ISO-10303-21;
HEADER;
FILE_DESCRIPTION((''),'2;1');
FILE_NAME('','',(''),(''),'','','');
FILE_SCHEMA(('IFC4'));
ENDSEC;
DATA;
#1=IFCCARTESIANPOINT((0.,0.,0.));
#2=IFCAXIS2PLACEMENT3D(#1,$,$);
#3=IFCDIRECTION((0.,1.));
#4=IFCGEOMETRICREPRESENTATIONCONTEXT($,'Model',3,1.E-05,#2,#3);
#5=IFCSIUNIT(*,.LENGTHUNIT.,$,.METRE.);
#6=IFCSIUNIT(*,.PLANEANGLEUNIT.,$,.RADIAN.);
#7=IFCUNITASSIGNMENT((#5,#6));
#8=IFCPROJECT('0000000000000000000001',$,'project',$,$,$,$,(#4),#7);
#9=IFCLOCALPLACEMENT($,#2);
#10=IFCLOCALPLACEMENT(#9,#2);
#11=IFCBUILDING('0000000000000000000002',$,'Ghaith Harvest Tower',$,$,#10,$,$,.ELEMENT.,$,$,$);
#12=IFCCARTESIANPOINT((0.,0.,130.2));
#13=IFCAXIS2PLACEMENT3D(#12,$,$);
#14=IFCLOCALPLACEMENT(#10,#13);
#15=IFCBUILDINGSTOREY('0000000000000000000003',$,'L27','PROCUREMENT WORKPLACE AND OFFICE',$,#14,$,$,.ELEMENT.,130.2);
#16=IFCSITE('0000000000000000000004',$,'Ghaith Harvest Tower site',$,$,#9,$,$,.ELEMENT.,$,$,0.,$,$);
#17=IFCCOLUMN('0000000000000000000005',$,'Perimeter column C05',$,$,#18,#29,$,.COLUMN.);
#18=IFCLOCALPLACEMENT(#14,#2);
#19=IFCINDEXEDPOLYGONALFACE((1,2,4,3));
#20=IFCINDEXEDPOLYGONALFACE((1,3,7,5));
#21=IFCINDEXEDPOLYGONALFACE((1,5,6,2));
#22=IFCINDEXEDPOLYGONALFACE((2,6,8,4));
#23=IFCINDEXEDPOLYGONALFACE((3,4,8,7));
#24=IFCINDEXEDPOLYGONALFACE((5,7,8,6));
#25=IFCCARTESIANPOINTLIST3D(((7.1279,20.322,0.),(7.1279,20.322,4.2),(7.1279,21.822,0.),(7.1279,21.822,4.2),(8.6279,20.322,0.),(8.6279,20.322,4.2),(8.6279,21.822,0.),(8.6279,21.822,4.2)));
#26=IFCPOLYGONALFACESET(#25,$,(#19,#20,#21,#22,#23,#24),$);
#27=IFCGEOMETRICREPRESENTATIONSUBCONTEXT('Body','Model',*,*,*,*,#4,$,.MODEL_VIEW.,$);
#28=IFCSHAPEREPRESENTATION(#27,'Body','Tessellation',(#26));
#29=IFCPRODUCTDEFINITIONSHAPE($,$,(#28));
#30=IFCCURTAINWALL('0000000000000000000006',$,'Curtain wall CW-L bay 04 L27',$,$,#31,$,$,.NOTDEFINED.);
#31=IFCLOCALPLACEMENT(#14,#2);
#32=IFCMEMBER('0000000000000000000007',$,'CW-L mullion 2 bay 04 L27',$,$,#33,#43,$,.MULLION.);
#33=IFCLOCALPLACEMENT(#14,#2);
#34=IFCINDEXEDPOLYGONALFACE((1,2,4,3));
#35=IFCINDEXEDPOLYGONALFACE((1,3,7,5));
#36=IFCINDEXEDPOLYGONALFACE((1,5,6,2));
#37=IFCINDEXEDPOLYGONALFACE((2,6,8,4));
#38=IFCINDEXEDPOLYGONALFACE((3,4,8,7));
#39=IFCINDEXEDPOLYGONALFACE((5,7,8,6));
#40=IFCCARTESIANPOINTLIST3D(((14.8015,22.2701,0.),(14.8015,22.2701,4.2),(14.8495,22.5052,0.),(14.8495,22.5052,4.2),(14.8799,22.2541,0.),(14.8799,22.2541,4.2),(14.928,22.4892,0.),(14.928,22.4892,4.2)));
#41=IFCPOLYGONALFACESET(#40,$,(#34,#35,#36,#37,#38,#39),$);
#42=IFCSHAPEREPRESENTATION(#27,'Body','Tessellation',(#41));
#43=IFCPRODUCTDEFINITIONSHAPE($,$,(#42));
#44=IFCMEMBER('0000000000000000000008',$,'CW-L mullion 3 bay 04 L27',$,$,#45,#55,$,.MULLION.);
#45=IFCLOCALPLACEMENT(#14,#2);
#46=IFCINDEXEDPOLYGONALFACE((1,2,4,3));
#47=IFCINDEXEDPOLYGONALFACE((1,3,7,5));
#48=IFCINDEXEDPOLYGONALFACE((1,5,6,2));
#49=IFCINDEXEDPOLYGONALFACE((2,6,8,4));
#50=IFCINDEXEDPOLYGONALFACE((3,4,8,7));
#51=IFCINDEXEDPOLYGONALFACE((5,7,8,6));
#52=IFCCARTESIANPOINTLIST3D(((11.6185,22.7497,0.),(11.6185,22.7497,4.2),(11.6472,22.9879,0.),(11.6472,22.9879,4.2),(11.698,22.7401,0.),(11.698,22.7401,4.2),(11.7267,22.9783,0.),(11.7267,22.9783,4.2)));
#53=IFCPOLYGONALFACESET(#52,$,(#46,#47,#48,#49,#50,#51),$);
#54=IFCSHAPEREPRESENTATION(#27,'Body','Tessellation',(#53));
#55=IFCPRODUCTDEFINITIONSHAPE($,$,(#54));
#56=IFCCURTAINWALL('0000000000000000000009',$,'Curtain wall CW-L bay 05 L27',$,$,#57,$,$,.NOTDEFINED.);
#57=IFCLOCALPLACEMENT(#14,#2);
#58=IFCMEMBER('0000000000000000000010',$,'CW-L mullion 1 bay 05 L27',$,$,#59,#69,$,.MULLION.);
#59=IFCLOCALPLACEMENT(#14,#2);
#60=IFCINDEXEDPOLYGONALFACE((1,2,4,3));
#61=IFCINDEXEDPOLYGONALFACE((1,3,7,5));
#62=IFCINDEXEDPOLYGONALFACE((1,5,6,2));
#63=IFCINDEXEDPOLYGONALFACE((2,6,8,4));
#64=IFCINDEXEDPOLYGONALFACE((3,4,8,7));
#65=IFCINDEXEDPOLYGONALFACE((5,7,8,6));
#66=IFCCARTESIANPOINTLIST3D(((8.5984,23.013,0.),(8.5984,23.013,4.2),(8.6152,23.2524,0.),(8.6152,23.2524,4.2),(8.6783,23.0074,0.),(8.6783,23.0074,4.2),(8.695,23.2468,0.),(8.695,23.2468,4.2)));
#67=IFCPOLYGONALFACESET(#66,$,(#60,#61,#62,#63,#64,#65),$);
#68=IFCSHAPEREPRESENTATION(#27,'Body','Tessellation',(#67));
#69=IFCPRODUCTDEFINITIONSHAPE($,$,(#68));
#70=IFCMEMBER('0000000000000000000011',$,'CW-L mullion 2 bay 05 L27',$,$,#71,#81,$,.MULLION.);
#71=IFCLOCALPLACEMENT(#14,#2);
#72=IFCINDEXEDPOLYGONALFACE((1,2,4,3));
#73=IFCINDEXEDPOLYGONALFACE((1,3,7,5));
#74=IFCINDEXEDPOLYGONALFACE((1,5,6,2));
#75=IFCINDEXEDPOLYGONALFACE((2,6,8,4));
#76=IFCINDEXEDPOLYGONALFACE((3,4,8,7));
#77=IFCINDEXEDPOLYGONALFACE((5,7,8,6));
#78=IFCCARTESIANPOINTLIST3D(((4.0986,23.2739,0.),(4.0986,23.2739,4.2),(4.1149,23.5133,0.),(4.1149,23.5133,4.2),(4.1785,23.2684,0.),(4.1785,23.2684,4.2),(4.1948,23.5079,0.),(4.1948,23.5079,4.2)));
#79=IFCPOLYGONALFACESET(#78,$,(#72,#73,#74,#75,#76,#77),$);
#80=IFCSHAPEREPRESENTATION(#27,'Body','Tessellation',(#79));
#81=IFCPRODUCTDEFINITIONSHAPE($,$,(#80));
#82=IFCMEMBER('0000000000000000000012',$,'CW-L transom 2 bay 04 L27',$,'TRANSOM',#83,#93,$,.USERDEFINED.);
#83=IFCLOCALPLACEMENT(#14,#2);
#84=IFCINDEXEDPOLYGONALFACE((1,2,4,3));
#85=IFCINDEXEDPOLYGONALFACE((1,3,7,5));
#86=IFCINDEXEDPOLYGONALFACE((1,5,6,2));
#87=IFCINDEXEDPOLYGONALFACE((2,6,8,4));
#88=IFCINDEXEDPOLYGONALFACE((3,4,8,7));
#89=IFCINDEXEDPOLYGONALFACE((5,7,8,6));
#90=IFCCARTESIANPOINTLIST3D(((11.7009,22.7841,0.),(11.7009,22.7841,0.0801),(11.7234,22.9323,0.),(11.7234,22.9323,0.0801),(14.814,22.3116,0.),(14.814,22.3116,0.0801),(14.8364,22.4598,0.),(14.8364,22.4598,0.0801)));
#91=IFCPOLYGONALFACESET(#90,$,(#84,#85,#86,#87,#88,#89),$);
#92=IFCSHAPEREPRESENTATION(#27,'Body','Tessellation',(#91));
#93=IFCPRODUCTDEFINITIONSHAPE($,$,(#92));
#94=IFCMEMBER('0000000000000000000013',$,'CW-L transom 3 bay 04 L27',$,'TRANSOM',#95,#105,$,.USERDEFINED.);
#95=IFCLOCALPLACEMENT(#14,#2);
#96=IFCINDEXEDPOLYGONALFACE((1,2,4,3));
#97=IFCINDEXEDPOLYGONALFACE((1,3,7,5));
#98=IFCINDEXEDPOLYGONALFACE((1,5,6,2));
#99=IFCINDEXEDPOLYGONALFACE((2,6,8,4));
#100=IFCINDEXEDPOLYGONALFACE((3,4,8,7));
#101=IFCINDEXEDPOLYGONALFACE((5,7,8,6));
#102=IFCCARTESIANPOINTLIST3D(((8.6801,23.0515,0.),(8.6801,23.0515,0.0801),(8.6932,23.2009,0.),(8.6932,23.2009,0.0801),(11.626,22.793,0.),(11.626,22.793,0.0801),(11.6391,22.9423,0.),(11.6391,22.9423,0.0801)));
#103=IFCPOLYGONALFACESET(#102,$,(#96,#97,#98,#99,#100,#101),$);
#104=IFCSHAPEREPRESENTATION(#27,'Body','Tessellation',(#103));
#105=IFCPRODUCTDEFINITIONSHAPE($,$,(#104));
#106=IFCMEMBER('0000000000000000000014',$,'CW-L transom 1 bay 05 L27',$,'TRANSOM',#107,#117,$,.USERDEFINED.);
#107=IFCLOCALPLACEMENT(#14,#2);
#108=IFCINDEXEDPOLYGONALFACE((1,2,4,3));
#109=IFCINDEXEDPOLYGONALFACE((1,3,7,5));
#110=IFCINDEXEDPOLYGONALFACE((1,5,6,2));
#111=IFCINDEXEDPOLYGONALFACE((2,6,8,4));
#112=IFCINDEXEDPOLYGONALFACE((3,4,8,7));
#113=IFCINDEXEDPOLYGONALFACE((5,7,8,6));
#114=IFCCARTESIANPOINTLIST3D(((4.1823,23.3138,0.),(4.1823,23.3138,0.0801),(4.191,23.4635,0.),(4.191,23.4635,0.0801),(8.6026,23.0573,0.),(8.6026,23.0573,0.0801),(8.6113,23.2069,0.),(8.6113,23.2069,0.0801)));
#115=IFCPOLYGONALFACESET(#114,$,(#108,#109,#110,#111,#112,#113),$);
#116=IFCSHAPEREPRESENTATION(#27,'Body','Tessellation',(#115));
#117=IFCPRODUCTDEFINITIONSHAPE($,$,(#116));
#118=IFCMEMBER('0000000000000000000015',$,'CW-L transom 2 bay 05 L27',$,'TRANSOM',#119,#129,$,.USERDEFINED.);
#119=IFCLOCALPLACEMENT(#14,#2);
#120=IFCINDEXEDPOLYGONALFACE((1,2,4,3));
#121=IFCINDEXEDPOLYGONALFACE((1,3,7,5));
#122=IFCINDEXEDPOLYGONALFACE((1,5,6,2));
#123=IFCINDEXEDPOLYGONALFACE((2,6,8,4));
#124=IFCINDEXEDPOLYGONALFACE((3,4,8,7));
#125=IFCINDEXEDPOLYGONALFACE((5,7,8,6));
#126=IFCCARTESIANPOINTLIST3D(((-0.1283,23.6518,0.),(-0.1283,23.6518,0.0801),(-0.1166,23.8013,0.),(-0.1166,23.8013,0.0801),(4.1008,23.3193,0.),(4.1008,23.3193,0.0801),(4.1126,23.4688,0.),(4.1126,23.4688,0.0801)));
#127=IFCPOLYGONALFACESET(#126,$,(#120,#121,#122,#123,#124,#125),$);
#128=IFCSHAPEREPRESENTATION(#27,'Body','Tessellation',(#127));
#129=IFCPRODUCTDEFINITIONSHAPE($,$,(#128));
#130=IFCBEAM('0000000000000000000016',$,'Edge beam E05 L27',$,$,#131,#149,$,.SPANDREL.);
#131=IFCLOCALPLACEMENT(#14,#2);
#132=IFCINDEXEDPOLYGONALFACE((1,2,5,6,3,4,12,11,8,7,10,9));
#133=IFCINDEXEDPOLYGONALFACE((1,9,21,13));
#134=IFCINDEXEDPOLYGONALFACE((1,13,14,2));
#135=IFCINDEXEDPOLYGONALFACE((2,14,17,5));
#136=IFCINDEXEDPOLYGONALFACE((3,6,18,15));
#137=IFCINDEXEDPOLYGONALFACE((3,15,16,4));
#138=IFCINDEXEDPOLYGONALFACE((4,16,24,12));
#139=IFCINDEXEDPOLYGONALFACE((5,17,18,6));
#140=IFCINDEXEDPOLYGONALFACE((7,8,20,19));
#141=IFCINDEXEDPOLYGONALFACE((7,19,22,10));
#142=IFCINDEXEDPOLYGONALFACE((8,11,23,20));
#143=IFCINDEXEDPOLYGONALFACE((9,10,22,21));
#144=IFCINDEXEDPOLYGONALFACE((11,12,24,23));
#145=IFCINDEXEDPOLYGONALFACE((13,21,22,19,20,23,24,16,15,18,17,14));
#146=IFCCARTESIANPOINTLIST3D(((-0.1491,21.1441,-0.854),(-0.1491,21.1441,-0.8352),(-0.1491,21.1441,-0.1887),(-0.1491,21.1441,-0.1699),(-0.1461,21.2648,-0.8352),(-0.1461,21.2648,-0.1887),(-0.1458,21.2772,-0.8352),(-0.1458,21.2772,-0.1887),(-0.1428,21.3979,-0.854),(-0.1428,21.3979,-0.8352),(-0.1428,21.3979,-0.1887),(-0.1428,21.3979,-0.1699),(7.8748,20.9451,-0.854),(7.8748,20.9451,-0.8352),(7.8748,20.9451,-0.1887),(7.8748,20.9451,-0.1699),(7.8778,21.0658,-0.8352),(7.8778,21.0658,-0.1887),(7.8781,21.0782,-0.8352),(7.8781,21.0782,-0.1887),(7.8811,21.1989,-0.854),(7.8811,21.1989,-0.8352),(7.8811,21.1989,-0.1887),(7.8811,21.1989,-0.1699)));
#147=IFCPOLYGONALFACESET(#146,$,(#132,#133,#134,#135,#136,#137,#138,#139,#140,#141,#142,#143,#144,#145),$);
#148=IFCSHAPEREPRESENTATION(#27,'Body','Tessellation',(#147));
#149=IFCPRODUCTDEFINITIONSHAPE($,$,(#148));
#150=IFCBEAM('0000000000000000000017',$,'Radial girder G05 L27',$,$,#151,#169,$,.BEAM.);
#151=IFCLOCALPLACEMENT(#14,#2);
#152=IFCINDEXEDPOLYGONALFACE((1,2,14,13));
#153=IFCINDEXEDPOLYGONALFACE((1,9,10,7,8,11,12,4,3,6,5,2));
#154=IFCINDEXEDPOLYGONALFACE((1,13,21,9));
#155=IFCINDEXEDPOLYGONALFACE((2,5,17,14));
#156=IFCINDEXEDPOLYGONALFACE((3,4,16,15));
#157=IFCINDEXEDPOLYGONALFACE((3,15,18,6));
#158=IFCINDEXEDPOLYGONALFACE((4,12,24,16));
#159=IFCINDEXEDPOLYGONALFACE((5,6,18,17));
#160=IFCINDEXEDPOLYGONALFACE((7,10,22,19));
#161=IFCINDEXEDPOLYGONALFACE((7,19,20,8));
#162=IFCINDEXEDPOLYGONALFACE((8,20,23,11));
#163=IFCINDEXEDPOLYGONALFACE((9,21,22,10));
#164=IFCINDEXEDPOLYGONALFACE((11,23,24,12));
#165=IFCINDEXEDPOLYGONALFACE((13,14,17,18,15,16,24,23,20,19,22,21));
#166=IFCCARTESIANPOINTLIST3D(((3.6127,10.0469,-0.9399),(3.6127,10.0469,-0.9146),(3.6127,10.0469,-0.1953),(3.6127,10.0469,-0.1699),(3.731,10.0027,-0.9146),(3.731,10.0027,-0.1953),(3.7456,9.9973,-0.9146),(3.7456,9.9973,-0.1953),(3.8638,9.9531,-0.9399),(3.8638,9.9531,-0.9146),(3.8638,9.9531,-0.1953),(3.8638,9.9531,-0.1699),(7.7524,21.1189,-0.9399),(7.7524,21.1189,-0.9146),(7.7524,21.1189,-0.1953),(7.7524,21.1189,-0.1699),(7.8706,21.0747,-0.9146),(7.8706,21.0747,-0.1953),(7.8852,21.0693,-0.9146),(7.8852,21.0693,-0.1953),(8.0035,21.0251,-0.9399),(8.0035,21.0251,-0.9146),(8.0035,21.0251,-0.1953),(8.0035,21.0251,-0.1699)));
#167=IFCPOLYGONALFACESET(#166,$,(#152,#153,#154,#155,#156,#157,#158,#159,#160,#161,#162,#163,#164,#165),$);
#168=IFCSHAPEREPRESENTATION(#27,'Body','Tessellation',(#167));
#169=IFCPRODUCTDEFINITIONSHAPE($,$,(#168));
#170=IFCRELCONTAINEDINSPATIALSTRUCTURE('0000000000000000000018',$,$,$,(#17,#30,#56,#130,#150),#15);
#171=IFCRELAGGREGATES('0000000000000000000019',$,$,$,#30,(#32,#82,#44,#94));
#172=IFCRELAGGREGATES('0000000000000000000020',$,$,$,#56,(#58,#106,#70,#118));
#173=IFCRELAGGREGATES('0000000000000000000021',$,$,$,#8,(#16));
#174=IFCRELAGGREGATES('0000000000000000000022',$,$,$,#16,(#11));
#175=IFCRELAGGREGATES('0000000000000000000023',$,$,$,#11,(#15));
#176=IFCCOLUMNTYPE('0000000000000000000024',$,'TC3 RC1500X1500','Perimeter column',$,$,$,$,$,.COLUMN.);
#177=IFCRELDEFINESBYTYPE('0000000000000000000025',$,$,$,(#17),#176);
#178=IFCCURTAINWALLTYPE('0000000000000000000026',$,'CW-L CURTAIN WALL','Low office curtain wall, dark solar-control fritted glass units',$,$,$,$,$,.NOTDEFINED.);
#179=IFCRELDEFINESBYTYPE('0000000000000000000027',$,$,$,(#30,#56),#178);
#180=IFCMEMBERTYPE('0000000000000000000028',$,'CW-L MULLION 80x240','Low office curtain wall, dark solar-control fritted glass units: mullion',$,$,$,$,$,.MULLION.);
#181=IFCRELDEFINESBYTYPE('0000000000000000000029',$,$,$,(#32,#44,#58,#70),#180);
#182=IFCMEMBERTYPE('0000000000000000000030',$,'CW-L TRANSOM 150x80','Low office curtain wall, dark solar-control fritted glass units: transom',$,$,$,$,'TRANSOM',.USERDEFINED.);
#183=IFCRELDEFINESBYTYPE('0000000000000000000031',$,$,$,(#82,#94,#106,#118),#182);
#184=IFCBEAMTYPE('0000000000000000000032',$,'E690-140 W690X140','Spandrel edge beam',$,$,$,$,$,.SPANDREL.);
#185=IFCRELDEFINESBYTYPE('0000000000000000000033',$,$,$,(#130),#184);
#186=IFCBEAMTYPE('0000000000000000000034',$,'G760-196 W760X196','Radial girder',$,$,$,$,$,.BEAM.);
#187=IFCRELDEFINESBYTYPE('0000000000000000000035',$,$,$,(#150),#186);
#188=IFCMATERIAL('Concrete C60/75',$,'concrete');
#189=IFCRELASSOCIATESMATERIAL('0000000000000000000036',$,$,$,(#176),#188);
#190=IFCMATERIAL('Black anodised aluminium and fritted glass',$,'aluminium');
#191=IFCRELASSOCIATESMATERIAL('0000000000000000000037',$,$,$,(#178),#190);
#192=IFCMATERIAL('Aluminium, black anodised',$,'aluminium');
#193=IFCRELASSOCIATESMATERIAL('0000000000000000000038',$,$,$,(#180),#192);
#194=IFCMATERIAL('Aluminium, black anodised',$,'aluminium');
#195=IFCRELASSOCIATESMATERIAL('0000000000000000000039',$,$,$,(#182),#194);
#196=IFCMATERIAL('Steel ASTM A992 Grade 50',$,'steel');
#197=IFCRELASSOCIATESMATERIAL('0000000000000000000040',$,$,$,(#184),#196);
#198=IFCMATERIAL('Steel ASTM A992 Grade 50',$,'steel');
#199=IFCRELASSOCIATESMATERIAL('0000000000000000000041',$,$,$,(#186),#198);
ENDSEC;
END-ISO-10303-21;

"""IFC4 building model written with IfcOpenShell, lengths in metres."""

from ifc_helpers import new_model, si_unit, direction, frame, origin, origin_2d, place, context, subcontext, project, spatial, rectangle, i_section, extrude, material, material_profile, profile_set, type_object, element, aggregate, save


model = new_model("IFC4")

# Units and contexts
model_context = context("Model", 3, precision=1e-05, world=origin(), true_north=direction((0.0, 1.0)))
body_context = subcontext(model_context, "Body", "Model", "MODEL_VIEW")
ifc_project = project(units=[si_unit("LENGTHUNIT", "METRE"), si_unit("PLANEANGLEUNIT", "RADIAN")], contexts=[model_context])

# Site, building, storey
site_placement = place(None, origin())
site = spatial("IfcSite", under=ifc_project, at=site_placement, Name="Ghaith Harvest Tower site", CompositionType="ELEMENT", RefElevation=0.0)
building_placement = place(site_placement, origin())
building = spatial("IfcBuilding", under=site, at=building_placement, Name="Ghaith Harvest Tower", CompositionType="ELEMENT")
storey_placement = place(building_placement, frame((0.0, 0.0, 130.2)))
storey = spatial("IfcBuildingStorey", under=building, at=storey_placement, Name="L27", Description="PROCUREMENT WORKPLACE AND OFFICE", CompositionType="ELEMENT", Elevation=130.2)

# Column
ifc_material_1 = material(Name="Concrete C60/75", Category="concrete")
ifc_material_profile_1 = material_profile(ifc_material_1, rectangle(XDim=1.5, YDim=1.5, at=origin_2d()), Name="RC1500X1500")
ifc_profile_set_1 = profile_set([ifc_material_profile_1], Name="Concrete C60/75")
column_type = type_object("IfcColumnType", Name="TC3 RC1500X1500", Description="Perimeter column", PredefinedType="COLUMN", material=ifc_profile_set_1)
column_placement = place(storey_placement, frame((7.8779, 21.072, 0.0), z_axis=(0.0, 0.0, 1.0), x_axis=(1.0, 0.0, 0.0)))
element("IfcColumn", 1, at=column_placement, inside=storey, type_object=column_type, Name="Perimeter column C05", PredefinedType="COLUMN", context=body_context, shape_type="SweptSolid", body=[
    extrude(rectangle(XDim=1.5, YDim=1.5, at=origin_2d()), origin(), (0.0, 0.0, 1.0), 4.2),
])

# Curtain walls, members
ifc_material_2 = material(Name="Black anodised aluminium and fritted glass", Category="aluminium")
curtain_wall_type = type_object("IfcCurtainWallType", Name="CW-L CURTAIN WALL", Description="Low office curtain wall, dark solar-control fritted glass units", PredefinedType="NOTDEFINED", material=ifc_material_2)
curtain_wall_1_placement = place(storey_placement, origin())
curtain_wall_1 = element("IfcCurtainWall", 2, at=curtain_wall_1_placement, inside=storey, type_object=curtain_wall_type, Name="Curtain wall CW-L bay 04 L27", PredefinedType="NOTDEFINED")
ifc_material_3 = material(Name="Aluminium, black anodised", Category="aluminium")
ifc_material_profile_2 = material_profile(ifc_material_3, rectangle(XDim=0.0801, YDim=0.24, at=origin_2d()), Name="CW-L MULLION 80x240")
ifc_profile_set_2 = profile_set([ifc_material_profile_2], Name="Aluminium, black anodised")
member_type_1 = type_object("IfcMemberType", Name="CW-L MULLION 80x240", Description="Low office curtain wall, dark solar-control fritted glass units: mullion", PredefinedType="MULLION", material=ifc_profile_set_2)
member_1_placement = place(storey_placement, frame((14.8647, 22.3796, 0.0), z_axis=(0.0, 0.0, 1.0), x_axis=(-0.979752, 0.200215, 0.0)))
member_1 = element("IfcMember", 3, at=member_1_placement, type_object=member_type_1, Name="CW-L mullion 2 bay 04 L27", PredefinedType="MULLION", context=body_context, shape_type="SweptSolid", body=[
    extrude(rectangle(XDim=0.0801, YDim=0.24, at=origin_2d()), origin(), (0.0, 0.0, 1.0), 4.2),
])
member_2_placement = place(storey_placement, frame((11.6726, 22.864, 0.0), z_axis=(0.0, 0.0, 1.0), x_axis=(-0.9928, 0.11978, 0.0)))
member_2 = element("IfcMember", 4, at=member_2_placement, type_object=member_type_1, Name="CW-L mullion 3 bay 04 L27", PredefinedType="MULLION", context=body_context, shape_type="SweptSolid", body=[
    extrude(rectangle(XDim=0.0801, YDim=0.24, at=origin_2d()), origin(), (0.0, 0.0, 1.0), 4.2),
])
curtain_wall_2_placement = place(storey_placement, origin())
curtain_wall_2 = element("IfcCurtainWall", 5, at=curtain_wall_2_placement, inside=storey, type_object=curtain_wall_type, Name="Curtain wall CW-L bay 05 L27", PredefinedType="NOTDEFINED")
member_3_placement = place(storey_placement, frame((8.6467, 23.1299, 0.0), z_axis=(0.0, 0.0, 1.0), x_axis=(-0.997559, 0.069832, 0.0)))
member_3 = element("IfcMember", 6, at=member_3_placement, type_object=member_type_1, Name="CW-L mullion 1 bay 05 L27", PredefinedType="MULLION", context=body_context, shape_type="SweptSolid", body=[
    extrude(rectangle(XDim=0.0801, YDim=0.24, at=origin_2d()), origin(), (0.0, 0.0, 1.0), 4.2),
])
member_4_placement = place(storey_placement, frame((4.1467, 23.3909, 0.0), z_axis=(0.0, 0.0, 1.0), x_axis=(-0.99769, 0.067933, 0.0)))
member_4 = element("IfcMember", 7, at=member_4_placement, type_object=member_type_1, Name="CW-L mullion 2 bay 05 L27", PredefinedType="MULLION", context=body_context, shape_type="SweptSolid", body=[
    extrude(rectangle(XDim=0.0801, YDim=0.24, at=origin_2d()), origin(), (0.0, 0.0, 1.0), 4.2),
])

# Members
ifc_material_4 = material(Name="Aluminium, black anodised", Category="aluminium")
ifc_material_profile_3 = material_profile(ifc_material_4, rectangle(XDim=0.1499, YDim=0.0801, at=origin_2d()), Name="CW-L TRANSOM 150x80")
ifc_profile_set_3 = profile_set([ifc_material_profile_3], Name="Aluminium, black anodised")
member_type_2 = type_object("IfcMemberType", Name="CW-L TRANSOM 150x80", Description="Low office curtain wall, dark solar-control fritted glass units: transom", ElementType="TRANSOM", PredefinedType="USERDEFINED", material=ifc_profile_set_3)
member_5_placement = place(storey_placement, frame((14.8252, 22.3857, 0.04), z_axis=(-0.988681, 0.150035, 0.0), x_axis=(-0.150035, -0.988681, 0.0)))
member_5 = element("IfcMember", 8, at=member_5_placement, type_object=member_type_2, Name="CW-L transom 2 bay 04 L27", ObjectType="TRANSOM", PredefinedType="USERDEFINED", context=body_context, shape_type="SweptSolid", body=[
    extrude(rectangle(XDim=0.1499, YDim=0.0801, at=origin_2d()), origin(), (0.0, 0.0, 1.0), 3.1487),
])
member_6_placement = place(storey_placement, frame((11.6326, 22.8677, 0.04), z_axis=(-0.996171, 0.087424, 0.0), x_axis=(-0.087424, -0.996171, 0.0)))
member_6 = element("IfcMember", 9, at=member_6_placement, type_object=member_type_2, Name="CW-L transom 3 bay 04 L27", ObjectType="TRANSOM", PredefinedType="USERDEFINED", context=body_context, shape_type="SweptSolid", body=[
    extrude(rectangle(XDim=0.1499, YDim=0.0801, at=origin_2d()), origin(), (0.0, 0.0, 1.0), 2.9573),
])
member_7_placement = place(storey_placement, frame((8.6069, 23.1321, 0.04), z_axis=(-0.99832, 0.05795, 0.0), x_axis=(-0.05795, -0.99832, 0.0)))
member_7 = element("IfcMember", 10, at=member_7_placement, type_object=member_type_2, Name="CW-L transom 1 bay 05 L27", ObjectType="TRANSOM", PredefinedType="USERDEFINED", context=body_context, shape_type="SweptSolid", body=[
    extrude(rectangle(XDim=0.1499, YDim=0.0801, at=origin_2d()), origin(), (0.0, 0.0, 1.0), 4.4277),
])
member_8_placement = place(storey_placement, frame((4.1067, 23.394, 0.04), z_axis=(-0.996923, 0.078382, 0.0), x_axis=(-0.078382, -0.996923, 0.0)))
member_8 = element("IfcMember", 11, at=member_8_placement, type_object=member_type_2, Name="CW-L transom 2 bay 05 L27", ObjectType="TRANSOM", PredefinedType="USERDEFINED", context=body_context, shape_type="SweptSolid", body=[
    extrude(rectangle(XDim=0.1499, YDim=0.0801, at=origin_2d()), origin(), (0.0, 0.0, 1.0), 4.2422),
])

# Beams
ifc_material_5 = material(Name="Steel ASTM A992 Grade 50", Category="steel")
ifc_material_profile_4 = material_profile(ifc_material_5, i_section(OverallWidth=0.2539, OverallDepth=0.6841, WebThickness=0.0125, FlangeThickness=0.0188, at=origin_2d()), Name="W690X140")
ifc_profile_set_4 = profile_set([ifc_material_profile_4], Name="Steel ASTM A992 Grade 50")
beam_type_1 = type_object("IfcBeamType", Name="E690-140 W690X140", Description="Spandrel edge beam", PredefinedType="SPANDREL", material=ifc_profile_set_4)
beam_1_placement = place(storey_placement, frame((7.8779, 21.072, -0.512), z_axis=(-0.999693, 0.02479, 0.0), x_axis=(-0.02479, -0.999693, 0.0)))
element("IfcBeam", 12, at=beam_1_placement, inside=storey, type_object=beam_type_1, Name="Edge beam E05 L27", PredefinedType="SPANDREL", context=body_context, shape_type="SweptSolid", body=[
    extrude(i_section(OverallWidth=0.2539, OverallDepth=0.6841, WebThickness=0.0125, FlangeThickness=0.0188, at=origin_2d()), origin(), (0.0, 0.0, 1.0), 8.0264),
])
ifc_material_6 = material(Name="Steel ASTM A992 Grade 50", Category="steel")
ifc_material_profile_5 = material_profile(ifc_material_6, i_section(OverallWidth=0.2681, OverallDepth=0.77, WebThickness=0.0156, FlangeThickness=0.0254, at=origin_2d()), Name="W760X196")
ifc_profile_set_5 = profile_set([ifc_material_profile_5], Name="Steel ASTM A992 Grade 50")
beam_type_2 = type_object("IfcBeamType", Name="G760-196 W760X196", Description="Radial girder", PredefinedType="BEAM", material=ifc_profile_set_5)
beam_2_placement = place(storey_placement, frame((3.7383, 10.0, -0.5549), z_axis=(0.350207, 0.936672, 0.0), x_axis=(-0.936672, 0.350207, 0.0)))
element("IfcBeam", 13, at=beam_2_placement, inside=storey, type_object=beam_type_2, Name="Radial girder G05 L27", PredefinedType="BEAM", context=body_context, shape_type="SweptSolid", body=[
    extrude(i_section(OverallWidth=0.2681, OverallDepth=0.77, WebThickness=0.0156, FlangeThickness=0.0254, at=origin_2d()), origin(), (0.0, 0.0, 1.0), 11.8206),
])

aggregate(curtain_wall_1, [member_1, member_5, member_2, member_6])
aggregate(curtain_wall_2, [member_3, member_7, member_4, member_8])

save(model, "model.ifc")
